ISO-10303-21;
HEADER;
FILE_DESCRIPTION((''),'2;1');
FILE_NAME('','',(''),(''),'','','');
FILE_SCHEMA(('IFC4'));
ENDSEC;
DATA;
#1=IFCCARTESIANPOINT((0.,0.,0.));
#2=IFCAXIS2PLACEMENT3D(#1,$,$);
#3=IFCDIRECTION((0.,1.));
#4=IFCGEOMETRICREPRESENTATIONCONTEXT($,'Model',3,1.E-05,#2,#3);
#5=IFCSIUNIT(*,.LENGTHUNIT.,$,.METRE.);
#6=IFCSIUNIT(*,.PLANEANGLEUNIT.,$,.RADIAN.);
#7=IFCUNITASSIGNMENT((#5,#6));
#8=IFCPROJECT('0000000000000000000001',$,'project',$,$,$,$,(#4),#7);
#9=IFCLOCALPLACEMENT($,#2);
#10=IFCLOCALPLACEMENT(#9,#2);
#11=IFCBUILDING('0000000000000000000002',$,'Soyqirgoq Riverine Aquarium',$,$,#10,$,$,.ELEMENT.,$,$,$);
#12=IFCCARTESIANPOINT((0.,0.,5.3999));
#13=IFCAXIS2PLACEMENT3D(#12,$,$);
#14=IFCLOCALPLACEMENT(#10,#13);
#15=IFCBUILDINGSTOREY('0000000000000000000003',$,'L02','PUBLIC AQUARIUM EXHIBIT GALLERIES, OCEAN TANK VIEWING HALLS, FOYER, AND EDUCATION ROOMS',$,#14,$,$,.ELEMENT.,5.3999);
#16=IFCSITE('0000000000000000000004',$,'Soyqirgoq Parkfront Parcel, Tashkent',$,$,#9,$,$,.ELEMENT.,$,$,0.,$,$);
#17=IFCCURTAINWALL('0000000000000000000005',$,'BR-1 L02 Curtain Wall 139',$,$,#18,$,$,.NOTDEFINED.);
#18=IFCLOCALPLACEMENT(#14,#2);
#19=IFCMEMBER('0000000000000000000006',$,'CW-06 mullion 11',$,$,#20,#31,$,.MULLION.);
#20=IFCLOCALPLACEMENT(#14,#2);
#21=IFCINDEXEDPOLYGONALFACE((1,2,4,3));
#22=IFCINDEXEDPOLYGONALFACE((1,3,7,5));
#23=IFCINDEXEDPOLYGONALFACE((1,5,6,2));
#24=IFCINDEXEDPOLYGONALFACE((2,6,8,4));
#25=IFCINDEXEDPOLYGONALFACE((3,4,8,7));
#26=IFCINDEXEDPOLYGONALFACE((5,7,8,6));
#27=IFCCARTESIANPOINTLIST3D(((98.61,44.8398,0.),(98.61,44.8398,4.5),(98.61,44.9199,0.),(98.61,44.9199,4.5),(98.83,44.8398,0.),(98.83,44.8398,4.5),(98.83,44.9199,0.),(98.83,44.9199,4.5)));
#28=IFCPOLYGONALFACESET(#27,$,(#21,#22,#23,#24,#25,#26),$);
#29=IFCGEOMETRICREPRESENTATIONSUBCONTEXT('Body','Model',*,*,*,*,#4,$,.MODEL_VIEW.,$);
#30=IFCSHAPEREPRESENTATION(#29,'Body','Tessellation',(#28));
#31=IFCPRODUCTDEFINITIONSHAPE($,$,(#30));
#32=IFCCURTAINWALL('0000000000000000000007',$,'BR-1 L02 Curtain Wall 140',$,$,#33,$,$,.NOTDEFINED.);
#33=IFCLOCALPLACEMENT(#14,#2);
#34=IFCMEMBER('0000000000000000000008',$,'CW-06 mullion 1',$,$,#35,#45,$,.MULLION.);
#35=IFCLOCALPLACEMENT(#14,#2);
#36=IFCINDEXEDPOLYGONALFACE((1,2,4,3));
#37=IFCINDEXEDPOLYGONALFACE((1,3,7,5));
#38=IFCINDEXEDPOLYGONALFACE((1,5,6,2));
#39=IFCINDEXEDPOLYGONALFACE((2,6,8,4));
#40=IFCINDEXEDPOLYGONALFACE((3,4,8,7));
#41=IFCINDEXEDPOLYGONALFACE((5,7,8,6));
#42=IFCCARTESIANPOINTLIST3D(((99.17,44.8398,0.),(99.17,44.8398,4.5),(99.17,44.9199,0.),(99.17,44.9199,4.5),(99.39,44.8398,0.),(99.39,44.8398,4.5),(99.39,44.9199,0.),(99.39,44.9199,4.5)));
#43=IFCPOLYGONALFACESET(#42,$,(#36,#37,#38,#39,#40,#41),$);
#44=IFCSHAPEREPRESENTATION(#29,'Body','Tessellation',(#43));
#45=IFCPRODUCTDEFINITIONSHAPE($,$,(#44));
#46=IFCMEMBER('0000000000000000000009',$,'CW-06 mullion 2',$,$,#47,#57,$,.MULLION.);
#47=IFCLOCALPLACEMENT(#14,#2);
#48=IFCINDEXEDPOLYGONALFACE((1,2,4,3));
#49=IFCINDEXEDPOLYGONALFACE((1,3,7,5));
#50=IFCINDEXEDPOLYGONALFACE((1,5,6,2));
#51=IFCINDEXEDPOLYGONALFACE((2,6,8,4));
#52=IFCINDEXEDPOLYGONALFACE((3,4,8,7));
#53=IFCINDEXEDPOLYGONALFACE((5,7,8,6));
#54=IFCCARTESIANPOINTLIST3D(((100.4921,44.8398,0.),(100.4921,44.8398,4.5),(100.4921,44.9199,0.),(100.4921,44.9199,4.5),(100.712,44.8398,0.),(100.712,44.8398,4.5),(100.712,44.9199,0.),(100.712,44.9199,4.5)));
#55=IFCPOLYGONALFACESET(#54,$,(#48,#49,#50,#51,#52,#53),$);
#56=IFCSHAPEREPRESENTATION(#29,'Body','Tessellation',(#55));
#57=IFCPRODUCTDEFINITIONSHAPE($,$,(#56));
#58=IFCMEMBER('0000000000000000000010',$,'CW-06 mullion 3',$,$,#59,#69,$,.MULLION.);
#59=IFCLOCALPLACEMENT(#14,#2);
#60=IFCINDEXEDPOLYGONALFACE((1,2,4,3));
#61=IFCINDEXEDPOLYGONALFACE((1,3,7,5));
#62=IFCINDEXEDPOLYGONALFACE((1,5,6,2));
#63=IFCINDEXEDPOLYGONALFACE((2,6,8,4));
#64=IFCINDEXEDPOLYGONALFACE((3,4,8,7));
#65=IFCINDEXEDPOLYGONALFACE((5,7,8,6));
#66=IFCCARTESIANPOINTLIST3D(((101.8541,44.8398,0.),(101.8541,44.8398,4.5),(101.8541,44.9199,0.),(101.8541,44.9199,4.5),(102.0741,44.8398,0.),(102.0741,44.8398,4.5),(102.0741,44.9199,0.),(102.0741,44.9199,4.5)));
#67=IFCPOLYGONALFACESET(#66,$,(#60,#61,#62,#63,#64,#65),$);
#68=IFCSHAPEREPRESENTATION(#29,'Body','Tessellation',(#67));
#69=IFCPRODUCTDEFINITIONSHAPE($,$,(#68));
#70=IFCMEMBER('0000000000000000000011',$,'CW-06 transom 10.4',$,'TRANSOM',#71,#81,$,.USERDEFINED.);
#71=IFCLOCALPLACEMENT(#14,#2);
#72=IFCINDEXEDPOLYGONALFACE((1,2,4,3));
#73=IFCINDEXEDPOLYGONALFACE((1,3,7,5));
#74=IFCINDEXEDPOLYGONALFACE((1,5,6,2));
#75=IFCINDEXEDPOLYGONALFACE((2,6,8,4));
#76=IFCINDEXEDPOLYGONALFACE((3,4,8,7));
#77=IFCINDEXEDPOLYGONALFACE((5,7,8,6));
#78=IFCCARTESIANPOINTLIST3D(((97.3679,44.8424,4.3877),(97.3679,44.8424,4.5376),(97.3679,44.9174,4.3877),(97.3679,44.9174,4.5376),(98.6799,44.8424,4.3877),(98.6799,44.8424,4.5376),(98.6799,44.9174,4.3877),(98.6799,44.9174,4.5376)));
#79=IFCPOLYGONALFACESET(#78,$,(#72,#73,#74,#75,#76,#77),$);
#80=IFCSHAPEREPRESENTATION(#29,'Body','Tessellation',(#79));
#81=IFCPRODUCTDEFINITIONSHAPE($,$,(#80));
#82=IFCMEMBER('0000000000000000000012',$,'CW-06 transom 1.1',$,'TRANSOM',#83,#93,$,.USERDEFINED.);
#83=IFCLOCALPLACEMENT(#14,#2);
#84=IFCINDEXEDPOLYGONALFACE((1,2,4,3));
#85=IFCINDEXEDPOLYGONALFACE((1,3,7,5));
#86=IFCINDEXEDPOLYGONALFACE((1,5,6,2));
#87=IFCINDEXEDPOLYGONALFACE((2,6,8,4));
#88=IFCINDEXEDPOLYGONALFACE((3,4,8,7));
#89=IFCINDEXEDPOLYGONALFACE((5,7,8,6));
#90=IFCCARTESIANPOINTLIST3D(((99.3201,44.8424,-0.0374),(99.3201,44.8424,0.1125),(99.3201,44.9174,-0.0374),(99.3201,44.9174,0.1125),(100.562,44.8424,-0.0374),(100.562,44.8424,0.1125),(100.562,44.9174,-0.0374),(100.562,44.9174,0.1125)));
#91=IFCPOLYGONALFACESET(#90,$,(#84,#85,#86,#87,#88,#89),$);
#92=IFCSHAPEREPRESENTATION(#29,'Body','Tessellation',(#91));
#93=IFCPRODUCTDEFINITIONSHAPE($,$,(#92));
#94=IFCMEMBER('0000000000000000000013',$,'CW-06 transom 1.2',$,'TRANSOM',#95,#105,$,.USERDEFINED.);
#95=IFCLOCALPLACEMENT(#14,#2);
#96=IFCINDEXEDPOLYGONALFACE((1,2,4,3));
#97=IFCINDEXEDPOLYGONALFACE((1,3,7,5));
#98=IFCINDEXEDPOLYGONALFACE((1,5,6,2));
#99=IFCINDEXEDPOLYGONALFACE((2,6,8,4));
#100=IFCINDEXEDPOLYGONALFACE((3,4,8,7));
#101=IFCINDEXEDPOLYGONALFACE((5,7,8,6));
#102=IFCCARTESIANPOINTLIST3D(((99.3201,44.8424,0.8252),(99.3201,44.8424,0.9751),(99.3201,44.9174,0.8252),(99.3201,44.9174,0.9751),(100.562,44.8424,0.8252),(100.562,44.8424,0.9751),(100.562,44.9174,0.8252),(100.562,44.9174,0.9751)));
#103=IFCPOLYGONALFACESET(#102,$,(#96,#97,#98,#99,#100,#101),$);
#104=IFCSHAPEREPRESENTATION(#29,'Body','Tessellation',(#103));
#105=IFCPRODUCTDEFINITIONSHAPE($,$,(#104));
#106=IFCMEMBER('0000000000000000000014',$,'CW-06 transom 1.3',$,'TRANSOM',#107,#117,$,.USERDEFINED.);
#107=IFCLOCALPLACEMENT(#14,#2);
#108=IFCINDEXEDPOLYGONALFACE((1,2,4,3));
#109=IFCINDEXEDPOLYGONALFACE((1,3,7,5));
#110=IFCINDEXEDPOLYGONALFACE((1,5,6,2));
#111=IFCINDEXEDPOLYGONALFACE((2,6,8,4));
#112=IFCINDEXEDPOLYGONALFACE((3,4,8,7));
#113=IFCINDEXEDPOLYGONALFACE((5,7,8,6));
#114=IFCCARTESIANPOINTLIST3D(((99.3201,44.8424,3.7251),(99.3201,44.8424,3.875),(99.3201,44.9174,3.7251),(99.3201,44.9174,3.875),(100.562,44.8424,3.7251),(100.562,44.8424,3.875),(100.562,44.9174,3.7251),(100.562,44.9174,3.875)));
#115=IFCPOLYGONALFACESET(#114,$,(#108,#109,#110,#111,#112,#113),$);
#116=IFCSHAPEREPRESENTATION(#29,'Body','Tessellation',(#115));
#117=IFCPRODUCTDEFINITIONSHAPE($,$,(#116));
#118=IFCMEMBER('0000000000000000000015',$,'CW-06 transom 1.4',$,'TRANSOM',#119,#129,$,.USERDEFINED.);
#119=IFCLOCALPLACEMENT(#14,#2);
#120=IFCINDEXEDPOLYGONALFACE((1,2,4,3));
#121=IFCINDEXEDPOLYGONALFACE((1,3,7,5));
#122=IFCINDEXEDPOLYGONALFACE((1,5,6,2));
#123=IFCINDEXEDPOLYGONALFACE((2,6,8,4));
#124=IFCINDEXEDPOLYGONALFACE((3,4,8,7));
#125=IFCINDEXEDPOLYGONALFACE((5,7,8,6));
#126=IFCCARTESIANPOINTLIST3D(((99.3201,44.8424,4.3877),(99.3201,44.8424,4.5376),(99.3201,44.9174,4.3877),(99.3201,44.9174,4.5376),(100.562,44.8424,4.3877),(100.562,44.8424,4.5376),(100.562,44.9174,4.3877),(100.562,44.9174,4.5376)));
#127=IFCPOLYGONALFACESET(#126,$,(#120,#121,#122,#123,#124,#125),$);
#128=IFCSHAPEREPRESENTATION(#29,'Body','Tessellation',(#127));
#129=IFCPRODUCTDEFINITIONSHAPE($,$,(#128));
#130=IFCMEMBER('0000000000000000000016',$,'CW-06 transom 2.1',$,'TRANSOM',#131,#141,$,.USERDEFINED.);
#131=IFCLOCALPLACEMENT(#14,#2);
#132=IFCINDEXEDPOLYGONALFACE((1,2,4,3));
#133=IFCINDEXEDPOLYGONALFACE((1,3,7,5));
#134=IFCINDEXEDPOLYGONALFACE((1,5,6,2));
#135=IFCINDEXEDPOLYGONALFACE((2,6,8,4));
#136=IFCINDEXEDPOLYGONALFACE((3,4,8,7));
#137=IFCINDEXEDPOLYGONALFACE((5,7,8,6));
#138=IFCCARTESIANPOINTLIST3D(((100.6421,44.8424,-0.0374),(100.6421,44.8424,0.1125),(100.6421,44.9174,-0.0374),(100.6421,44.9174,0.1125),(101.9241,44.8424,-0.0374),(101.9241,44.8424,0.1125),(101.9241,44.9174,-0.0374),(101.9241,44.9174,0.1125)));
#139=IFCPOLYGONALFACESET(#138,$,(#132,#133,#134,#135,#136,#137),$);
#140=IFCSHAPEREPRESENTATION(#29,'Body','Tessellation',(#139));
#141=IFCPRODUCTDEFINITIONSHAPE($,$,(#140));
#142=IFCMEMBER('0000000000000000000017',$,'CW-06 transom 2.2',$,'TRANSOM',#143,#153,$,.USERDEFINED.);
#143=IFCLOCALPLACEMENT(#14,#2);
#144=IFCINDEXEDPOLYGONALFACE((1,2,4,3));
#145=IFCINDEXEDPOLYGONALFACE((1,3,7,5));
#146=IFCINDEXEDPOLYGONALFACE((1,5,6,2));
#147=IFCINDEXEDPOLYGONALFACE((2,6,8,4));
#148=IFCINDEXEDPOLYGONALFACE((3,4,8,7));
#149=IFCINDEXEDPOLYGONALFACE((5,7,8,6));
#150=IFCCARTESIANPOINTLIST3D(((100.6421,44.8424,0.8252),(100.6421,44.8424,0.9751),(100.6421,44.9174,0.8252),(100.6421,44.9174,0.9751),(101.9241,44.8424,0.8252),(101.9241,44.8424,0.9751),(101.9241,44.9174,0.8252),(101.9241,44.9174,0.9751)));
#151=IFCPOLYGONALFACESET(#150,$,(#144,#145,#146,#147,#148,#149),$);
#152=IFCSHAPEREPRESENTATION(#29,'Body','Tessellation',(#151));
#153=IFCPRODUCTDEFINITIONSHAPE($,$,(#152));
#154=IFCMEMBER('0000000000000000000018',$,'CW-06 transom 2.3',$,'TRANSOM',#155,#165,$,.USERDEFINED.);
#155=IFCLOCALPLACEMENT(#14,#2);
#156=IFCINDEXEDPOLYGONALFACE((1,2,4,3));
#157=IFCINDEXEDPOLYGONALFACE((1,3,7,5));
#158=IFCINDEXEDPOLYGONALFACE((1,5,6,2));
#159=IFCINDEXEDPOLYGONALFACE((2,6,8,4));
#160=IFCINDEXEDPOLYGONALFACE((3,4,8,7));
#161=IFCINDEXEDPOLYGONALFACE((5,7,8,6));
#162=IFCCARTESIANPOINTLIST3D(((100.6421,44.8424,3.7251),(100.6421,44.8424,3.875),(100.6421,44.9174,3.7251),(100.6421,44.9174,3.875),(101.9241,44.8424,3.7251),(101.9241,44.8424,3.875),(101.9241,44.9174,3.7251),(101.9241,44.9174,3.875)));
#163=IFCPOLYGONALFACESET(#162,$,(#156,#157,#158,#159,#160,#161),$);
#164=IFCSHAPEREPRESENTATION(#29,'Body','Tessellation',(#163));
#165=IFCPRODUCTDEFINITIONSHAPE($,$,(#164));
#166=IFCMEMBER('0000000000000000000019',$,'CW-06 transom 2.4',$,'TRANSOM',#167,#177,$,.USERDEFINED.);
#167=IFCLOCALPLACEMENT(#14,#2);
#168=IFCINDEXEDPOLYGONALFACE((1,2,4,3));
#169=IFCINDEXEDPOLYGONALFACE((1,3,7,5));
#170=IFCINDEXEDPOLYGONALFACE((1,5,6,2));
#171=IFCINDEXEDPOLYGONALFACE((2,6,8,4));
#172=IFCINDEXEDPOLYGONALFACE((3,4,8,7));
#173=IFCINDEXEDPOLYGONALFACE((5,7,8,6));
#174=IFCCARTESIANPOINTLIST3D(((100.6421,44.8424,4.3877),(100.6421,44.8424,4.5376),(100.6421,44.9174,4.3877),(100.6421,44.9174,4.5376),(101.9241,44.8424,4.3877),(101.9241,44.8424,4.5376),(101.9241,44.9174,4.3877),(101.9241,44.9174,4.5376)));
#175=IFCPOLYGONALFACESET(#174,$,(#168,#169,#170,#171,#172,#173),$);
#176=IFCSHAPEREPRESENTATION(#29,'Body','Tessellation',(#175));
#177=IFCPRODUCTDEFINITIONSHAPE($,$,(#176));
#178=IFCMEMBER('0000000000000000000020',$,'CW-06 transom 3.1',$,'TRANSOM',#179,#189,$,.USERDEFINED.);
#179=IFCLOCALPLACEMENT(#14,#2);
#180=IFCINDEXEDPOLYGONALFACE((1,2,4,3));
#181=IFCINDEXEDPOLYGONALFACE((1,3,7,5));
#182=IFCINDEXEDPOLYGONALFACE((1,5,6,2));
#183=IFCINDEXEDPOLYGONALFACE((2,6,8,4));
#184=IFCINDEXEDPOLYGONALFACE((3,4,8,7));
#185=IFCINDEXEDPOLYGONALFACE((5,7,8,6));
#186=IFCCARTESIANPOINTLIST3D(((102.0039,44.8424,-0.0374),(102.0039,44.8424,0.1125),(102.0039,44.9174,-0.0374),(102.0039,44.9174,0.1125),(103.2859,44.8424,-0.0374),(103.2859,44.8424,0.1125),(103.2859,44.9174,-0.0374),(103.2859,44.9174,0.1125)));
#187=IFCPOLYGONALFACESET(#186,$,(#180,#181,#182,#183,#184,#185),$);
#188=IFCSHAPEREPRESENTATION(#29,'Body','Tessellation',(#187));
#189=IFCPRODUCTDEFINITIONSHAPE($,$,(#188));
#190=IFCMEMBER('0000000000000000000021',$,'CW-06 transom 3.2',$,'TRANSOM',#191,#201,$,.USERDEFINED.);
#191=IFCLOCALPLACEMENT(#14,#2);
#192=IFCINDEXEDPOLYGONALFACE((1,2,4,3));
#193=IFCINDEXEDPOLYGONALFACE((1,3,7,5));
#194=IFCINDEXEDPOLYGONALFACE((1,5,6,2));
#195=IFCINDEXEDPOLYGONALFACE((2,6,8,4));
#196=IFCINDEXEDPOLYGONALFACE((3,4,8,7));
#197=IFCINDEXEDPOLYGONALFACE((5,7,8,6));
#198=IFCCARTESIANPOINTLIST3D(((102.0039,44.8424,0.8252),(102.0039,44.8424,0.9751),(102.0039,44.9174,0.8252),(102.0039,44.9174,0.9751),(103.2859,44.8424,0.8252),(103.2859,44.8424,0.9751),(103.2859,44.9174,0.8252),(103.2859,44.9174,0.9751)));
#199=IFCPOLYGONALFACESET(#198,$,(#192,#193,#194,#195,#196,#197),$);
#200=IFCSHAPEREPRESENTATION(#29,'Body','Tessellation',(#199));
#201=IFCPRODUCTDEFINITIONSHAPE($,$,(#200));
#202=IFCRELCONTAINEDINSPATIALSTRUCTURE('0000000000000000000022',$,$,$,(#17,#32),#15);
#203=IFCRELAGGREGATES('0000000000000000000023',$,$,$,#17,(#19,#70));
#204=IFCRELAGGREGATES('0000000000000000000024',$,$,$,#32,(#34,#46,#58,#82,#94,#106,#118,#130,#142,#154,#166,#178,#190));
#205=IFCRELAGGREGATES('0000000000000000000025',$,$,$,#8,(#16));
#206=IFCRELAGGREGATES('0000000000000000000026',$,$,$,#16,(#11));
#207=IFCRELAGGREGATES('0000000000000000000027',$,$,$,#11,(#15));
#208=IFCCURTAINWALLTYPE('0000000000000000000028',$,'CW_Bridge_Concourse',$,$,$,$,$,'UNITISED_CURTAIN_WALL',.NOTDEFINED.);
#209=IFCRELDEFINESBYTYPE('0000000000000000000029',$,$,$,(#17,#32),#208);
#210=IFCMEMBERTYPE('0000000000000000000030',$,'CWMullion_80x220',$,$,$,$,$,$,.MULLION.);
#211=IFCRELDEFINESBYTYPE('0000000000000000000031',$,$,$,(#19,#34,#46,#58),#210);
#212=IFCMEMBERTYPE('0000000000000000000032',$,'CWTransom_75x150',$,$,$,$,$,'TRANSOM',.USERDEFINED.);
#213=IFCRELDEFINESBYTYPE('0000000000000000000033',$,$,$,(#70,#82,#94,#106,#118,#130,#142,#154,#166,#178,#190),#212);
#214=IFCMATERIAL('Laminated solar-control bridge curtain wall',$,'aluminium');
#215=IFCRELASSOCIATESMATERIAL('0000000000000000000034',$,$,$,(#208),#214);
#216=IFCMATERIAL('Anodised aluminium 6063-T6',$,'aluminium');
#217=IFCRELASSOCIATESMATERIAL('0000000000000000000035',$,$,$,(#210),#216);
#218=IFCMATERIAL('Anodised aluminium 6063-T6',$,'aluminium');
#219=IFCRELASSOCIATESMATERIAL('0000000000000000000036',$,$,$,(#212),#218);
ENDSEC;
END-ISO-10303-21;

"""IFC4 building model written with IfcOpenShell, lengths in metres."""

from ifc_helpers import new_model, si_unit, direction, frame, origin, origin_2d, place, context, subcontext, project, spatial, rectangle, extrude, material, material_profile, profile_set, type_object, element, aggregate, save


model = new_model("IFC4")

# Units and contexts
model_context = context("Model", 3, precision=1e-05, world=origin(), true_north=direction((0.0, 1.0)))
body_context = subcontext(model_context, "Body", "Model", "MODEL_VIEW")
ifc_project = project(units=[si_unit("LENGTHUNIT", "METRE"), si_unit("PLANEANGLEUNIT", "RADIAN")], contexts=[model_context])

# Site, building, storey
site_placement = place(None, origin())
site = spatial("IfcSite", under=ifc_project, at=site_placement, Name="Soyqirgoq Parkfront Parcel, Tashkent", CompositionType="ELEMENT", RefElevation=0.0)
building_placement = place(site_placement, origin())
building = spatial("IfcBuilding", under=site, at=building_placement, Name="Soyqirgoq Riverine Aquarium", CompositionType="ELEMENT")
storey_placement = place(building_placement, frame((0.0, 0.0, 5.3999)))
storey = spatial("IfcBuildingStorey", under=building, at=storey_placement, Name="L02", Description="PUBLIC AQUARIUM EXHIBIT GALLERIES, OCEAN TANK VIEWING HALLS, FOYER, AND EDUCATION ROOMS", CompositionType="ELEMENT", Elevation=5.3999)

# Curtain wall, member
ifc_material_1 = material(Name="Laminated solar-control bridge curtain wall", Category="aluminium")
curtain_wall_type = type_object("IfcCurtainWallType", Name="CW_Bridge_Concourse", ElementType="UNITISED_CURTAIN_WALL", PredefinedType="NOTDEFINED", material=ifc_material_1)
curtain_wall_1_placement = place(storey_placement, origin())
curtain_wall_1 = element("IfcCurtainWall", 1, at=curtain_wall_1_placement, inside=storey, type_object=curtain_wall_type, Name="BR-1 L02 Curtain Wall 139", PredefinedType="NOTDEFINED")
ifc_material_2 = material(Name="Anodised aluminium 6063-T6", Category="aluminium")
ifc_material_profile_1 = material_profile(ifc_material_2, rectangle(XDim=0.0801, YDim=0.22, at=origin_2d()), Name="ALU-M 80x220")
ifc_profile_set_1 = profile_set([ifc_material_profile_1], Name="Anodised aluminium 6063-T6")
member_type_1 = type_object("IfcMemberType", Name="CWMullion_80x220", PredefinedType="MULLION", material=ifc_profile_set_1)
member_1_placement = place(storey_placement, frame((98.72, 44.8799, 0.0), z_axis=(0.0, 0.0, 1.0), x_axis=(0.0, 1.0, 0.0)))
member_1 = element("IfcMember", 2, at=member_1_placement, type_object=member_type_1, Name="CW-06 mullion 11", PredefinedType="MULLION", context=body_context, shape_type="SweptSolid", body=[
    extrude(rectangle(XDim=0.0801, YDim=0.22, at=origin_2d()), origin(), (0.0, 0.0, 1.0), 4.5),
])

# Curtain wall, members
curtain_wall_2_placement = place(storey_placement, origin())
curtain_wall_2 = element("IfcCurtainWall", 3, at=curtain_wall_2_placement, inside=storey, type_object=curtain_wall_type, Name="BR-1 L02 Curtain Wall 140", PredefinedType="NOTDEFINED")
member_2_placement = place(storey_placement, frame((99.28, 44.8799, 0.0), z_axis=(0.0, 0.0, 1.0), x_axis=(0.0, 1.0, 0.0)))
member_2 = element("IfcMember", 4, at=member_2_placement, type_object=member_type_1, Name="CW-06 mullion 1", PredefinedType="MULLION", context=body_context, shape_type="SweptSolid", body=[
    extrude(rectangle(XDim=0.0801, YDim=0.22, at=origin_2d()), origin(), (0.0, 0.0, 1.0), 4.5),
])
member_3_placement = place(storey_placement, frame((100.6021, 44.8799, 0.0), z_axis=(0.0, 0.0, 1.0), x_axis=(0.0, 1.0, 0.0)))
member_3 = element("IfcMember", 5, at=member_3_placement, type_object=member_type_1, Name="CW-06 mullion 2", PredefinedType="MULLION", context=body_context, shape_type="SweptSolid", body=[
    extrude(rectangle(XDim=0.0801, YDim=0.22, at=origin_2d()), origin(), (0.0, 0.0, 1.0), 4.5),
])
member_4_placement = place(storey_placement, frame((101.9641, 44.8799, 0.0), z_axis=(0.0, 0.0, 1.0), x_axis=(0.0, 1.0, 0.0)))
member_4 = element("IfcMember", 6, at=member_4_placement, type_object=member_type_1, Name="CW-06 mullion 3", PredefinedType="MULLION", context=body_context, shape_type="SweptSolid", body=[
    extrude(rectangle(XDim=0.0801, YDim=0.22, at=origin_2d()), origin(), (0.0, 0.0, 1.0), 4.5),
])

# Members
ifc_material_3 = material(Name="Anodised aluminium 6063-T6", Category="aluminium")
ifc_material_profile_2 = material_profile(ifc_material_3, rectangle(XDim=0.075, YDim=0.1499, at=origin_2d()), Name="ALU-T 75x150")
ifc_profile_set_2 = profile_set([ifc_material_profile_2], Name="Anodised aluminium 6063-T6")
member_type_2 = type_object("IfcMemberType", Name="CWTransom_75x150", ElementType="TRANSOM", PredefinedType="USERDEFINED", material=ifc_profile_set_2)
member_5_placement = place(storey_placement, frame((97.3679, 44.8799, 4.4626), z_axis=(1.0, 0.0, 0.0), x_axis=(0.0, 1.0, 0.0)))
member_5 = element("IfcMember", 7, at=member_5_placement, type_object=member_type_2, Name="CW-06 transom 10.4", ObjectType="TRANSOM", PredefinedType="USERDEFINED", context=body_context, shape_type="SweptSolid", body=[
    extrude(rectangle(XDim=0.075, YDim=0.1499, at=origin_2d()), origin(), (0.0, 0.0, 1.0), 1.312),
])
member_6_placement = place(storey_placement, frame((99.3201, 44.8799, 0.0376), z_axis=(1.0, 0.0, 0.0), x_axis=(0.0, 1.0, 0.0)))
member_6 = element("IfcMember", 8, at=member_6_placement, type_object=member_type_2, Name="CW-06 transom 1.1", ObjectType="TRANSOM", PredefinedType="USERDEFINED", context=body_context, shape_type="SweptSolid", body=[
    extrude(rectangle(XDim=0.075, YDim=0.1499, at=origin_2d()), origin(), (0.0, 0.0, 1.0), 1.2419),
])
member_7_placement = place(storey_placement, frame((99.3201, 44.8799, 0.9001), z_axis=(1.0, 0.0, 0.0), x_axis=(0.0, 1.0, 0.0)))
member_7 = element("IfcMember", 9, at=member_7_placement, type_object=member_type_2, Name="CW-06 transom 1.2", ObjectType="TRANSOM", PredefinedType="USERDEFINED", context=body_context, shape_type="SweptSolid", body=[
    extrude(rectangle(XDim=0.075, YDim=0.1499, at=origin_2d()), origin(), (0.0, 0.0, 1.0), 1.2419),
])
member_8_placement = place(storey_placement, frame((99.3201, 44.8799, 3.8), z_axis=(1.0, 0.0, 0.0), x_axis=(0.0, 1.0, 0.0)))
member_8 = element("IfcMember", 10, at=member_8_placement, type_object=member_type_2, Name="CW-06 transom 1.3", ObjectType="TRANSOM", PredefinedType="USERDEFINED", context=body_context, shape_type="SweptSolid", body=[
    extrude(rectangle(XDim=0.075, YDim=0.1499, at=origin_2d()), origin(), (0.0, 0.0, 1.0), 1.2419),
])
member_9_placement = place(storey_placement, frame((99.3201, 44.8799, 4.4626), z_axis=(1.0, 0.0, 0.0), x_axis=(0.0, 1.0, 0.0)))
member_9 = element("IfcMember", 11, at=member_9_placement, type_object=member_type_2, Name="CW-06 transom 1.4", ObjectType="TRANSOM", PredefinedType="USERDEFINED", context=body_context, shape_type="SweptSolid", body=[
    extrude(rectangle(XDim=0.075, YDim=0.1499, at=origin_2d()), origin(), (0.0, 0.0, 1.0), 1.2419),
])
member_10_placement = place(storey_placement, frame((100.6421, 44.8799, 0.0376), z_axis=(1.0, 0.0, 0.0), x_axis=(0.0, 1.0, 0.0)))
member_10 = element("IfcMember", 12, at=member_10_placement, type_object=member_type_2, Name="CW-06 transom 2.1", ObjectType="TRANSOM", PredefinedType="USERDEFINED", context=body_context, shape_type="SweptSolid", body=[
    extrude(rectangle(XDim=0.075, YDim=0.1499, at=origin_2d()), origin(), (0.0, 0.0, 1.0), 1.282),
])
member_11_placement = place(storey_placement, frame((100.6421, 44.8799, 0.9001), z_axis=(1.0, 0.0, 0.0), x_axis=(0.0, 1.0, 0.0)))
member_11 = element("IfcMember", 13, at=member_11_placement, type_object=member_type_2, Name="CW-06 transom 2.2", ObjectType="TRANSOM", PredefinedType="USERDEFINED", context=body_context, shape_type="SweptSolid", body=[
    extrude(rectangle(XDim=0.075, YDim=0.1499, at=origin_2d()), origin(), (0.0, 0.0, 1.0), 1.282),
])
member_12_placement = place(storey_placement, frame((100.6421, 44.8799, 3.8), z_axis=(1.0, 0.0, 0.0), x_axis=(0.0, 1.0, 0.0)))
member_12 = element("IfcMember", 14, at=member_12_placement, type_object=member_type_2, Name="CW-06 transom 2.3", ObjectType="TRANSOM", PredefinedType="USERDEFINED", context=body_context, shape_type="SweptSolid", body=[
    extrude(rectangle(XDim=0.075, YDim=0.1499, at=origin_2d()), origin(), (0.0, 0.0, 1.0), 1.282),
])
member_13_placement = place(storey_placement, frame((100.6421, 44.8799, 4.4626), z_axis=(1.0, 0.0, 0.0), x_axis=(0.0, 1.0, 0.0)))
member_13 = element("IfcMember", 15, at=member_13_placement, type_object=member_type_2, Name="CW-06 transom 2.4", ObjectType="TRANSOM", PredefinedType="USERDEFINED", context=body_context, shape_type="SweptSolid", body=[
    extrude(rectangle(XDim=0.075, YDim=0.1499, at=origin_2d()), origin(), (0.0, 0.0, 1.0), 1.282),
])
member_14_placement = place(storey_placement, frame((102.0039, 44.8799, 0.0376), z_axis=(1.0, 0.0, 0.0), x_axis=(0.0, 1.0, 0.0)))
member_14 = element("IfcMember", 16, at=member_14_placement, type_object=member_type_2, Name="CW-06 transom 3.1", ObjectType="TRANSOM", PredefinedType="USERDEFINED", context=body_context, shape_type="SweptSolid", body=[
    extrude(rectangle(XDim=0.075, YDim=0.1499, at=origin_2d()), origin(), (0.0, 0.0, 1.0), 1.282),
])
member_15_placement = place(storey_placement, frame((102.0039, 44.8799, 0.9001), z_axis=(1.0, 0.0, 0.0), x_axis=(0.0, 1.0, 0.0)))
member_15 = element("IfcMember", 17, at=member_15_placement, type_object=member_type_2, Name="CW-06 transom 3.2", ObjectType="TRANSOM", PredefinedType="USERDEFINED", context=body_context, shape_type="SweptSolid", body=[
    extrude(rectangle(XDim=0.075, YDim=0.1499, at=origin_2d()), origin(), (0.0, 0.0, 1.0), 1.282),
])

aggregate(curtain_wall_1, [member_1, member_5])
aggregate(curtain_wall_2, [member_2, member_3, member_4, member_6, member_7, member_8, member_9, member_10, member_11, member_12, member_13, member_14, member_15])

save(model, "model.ifc")
